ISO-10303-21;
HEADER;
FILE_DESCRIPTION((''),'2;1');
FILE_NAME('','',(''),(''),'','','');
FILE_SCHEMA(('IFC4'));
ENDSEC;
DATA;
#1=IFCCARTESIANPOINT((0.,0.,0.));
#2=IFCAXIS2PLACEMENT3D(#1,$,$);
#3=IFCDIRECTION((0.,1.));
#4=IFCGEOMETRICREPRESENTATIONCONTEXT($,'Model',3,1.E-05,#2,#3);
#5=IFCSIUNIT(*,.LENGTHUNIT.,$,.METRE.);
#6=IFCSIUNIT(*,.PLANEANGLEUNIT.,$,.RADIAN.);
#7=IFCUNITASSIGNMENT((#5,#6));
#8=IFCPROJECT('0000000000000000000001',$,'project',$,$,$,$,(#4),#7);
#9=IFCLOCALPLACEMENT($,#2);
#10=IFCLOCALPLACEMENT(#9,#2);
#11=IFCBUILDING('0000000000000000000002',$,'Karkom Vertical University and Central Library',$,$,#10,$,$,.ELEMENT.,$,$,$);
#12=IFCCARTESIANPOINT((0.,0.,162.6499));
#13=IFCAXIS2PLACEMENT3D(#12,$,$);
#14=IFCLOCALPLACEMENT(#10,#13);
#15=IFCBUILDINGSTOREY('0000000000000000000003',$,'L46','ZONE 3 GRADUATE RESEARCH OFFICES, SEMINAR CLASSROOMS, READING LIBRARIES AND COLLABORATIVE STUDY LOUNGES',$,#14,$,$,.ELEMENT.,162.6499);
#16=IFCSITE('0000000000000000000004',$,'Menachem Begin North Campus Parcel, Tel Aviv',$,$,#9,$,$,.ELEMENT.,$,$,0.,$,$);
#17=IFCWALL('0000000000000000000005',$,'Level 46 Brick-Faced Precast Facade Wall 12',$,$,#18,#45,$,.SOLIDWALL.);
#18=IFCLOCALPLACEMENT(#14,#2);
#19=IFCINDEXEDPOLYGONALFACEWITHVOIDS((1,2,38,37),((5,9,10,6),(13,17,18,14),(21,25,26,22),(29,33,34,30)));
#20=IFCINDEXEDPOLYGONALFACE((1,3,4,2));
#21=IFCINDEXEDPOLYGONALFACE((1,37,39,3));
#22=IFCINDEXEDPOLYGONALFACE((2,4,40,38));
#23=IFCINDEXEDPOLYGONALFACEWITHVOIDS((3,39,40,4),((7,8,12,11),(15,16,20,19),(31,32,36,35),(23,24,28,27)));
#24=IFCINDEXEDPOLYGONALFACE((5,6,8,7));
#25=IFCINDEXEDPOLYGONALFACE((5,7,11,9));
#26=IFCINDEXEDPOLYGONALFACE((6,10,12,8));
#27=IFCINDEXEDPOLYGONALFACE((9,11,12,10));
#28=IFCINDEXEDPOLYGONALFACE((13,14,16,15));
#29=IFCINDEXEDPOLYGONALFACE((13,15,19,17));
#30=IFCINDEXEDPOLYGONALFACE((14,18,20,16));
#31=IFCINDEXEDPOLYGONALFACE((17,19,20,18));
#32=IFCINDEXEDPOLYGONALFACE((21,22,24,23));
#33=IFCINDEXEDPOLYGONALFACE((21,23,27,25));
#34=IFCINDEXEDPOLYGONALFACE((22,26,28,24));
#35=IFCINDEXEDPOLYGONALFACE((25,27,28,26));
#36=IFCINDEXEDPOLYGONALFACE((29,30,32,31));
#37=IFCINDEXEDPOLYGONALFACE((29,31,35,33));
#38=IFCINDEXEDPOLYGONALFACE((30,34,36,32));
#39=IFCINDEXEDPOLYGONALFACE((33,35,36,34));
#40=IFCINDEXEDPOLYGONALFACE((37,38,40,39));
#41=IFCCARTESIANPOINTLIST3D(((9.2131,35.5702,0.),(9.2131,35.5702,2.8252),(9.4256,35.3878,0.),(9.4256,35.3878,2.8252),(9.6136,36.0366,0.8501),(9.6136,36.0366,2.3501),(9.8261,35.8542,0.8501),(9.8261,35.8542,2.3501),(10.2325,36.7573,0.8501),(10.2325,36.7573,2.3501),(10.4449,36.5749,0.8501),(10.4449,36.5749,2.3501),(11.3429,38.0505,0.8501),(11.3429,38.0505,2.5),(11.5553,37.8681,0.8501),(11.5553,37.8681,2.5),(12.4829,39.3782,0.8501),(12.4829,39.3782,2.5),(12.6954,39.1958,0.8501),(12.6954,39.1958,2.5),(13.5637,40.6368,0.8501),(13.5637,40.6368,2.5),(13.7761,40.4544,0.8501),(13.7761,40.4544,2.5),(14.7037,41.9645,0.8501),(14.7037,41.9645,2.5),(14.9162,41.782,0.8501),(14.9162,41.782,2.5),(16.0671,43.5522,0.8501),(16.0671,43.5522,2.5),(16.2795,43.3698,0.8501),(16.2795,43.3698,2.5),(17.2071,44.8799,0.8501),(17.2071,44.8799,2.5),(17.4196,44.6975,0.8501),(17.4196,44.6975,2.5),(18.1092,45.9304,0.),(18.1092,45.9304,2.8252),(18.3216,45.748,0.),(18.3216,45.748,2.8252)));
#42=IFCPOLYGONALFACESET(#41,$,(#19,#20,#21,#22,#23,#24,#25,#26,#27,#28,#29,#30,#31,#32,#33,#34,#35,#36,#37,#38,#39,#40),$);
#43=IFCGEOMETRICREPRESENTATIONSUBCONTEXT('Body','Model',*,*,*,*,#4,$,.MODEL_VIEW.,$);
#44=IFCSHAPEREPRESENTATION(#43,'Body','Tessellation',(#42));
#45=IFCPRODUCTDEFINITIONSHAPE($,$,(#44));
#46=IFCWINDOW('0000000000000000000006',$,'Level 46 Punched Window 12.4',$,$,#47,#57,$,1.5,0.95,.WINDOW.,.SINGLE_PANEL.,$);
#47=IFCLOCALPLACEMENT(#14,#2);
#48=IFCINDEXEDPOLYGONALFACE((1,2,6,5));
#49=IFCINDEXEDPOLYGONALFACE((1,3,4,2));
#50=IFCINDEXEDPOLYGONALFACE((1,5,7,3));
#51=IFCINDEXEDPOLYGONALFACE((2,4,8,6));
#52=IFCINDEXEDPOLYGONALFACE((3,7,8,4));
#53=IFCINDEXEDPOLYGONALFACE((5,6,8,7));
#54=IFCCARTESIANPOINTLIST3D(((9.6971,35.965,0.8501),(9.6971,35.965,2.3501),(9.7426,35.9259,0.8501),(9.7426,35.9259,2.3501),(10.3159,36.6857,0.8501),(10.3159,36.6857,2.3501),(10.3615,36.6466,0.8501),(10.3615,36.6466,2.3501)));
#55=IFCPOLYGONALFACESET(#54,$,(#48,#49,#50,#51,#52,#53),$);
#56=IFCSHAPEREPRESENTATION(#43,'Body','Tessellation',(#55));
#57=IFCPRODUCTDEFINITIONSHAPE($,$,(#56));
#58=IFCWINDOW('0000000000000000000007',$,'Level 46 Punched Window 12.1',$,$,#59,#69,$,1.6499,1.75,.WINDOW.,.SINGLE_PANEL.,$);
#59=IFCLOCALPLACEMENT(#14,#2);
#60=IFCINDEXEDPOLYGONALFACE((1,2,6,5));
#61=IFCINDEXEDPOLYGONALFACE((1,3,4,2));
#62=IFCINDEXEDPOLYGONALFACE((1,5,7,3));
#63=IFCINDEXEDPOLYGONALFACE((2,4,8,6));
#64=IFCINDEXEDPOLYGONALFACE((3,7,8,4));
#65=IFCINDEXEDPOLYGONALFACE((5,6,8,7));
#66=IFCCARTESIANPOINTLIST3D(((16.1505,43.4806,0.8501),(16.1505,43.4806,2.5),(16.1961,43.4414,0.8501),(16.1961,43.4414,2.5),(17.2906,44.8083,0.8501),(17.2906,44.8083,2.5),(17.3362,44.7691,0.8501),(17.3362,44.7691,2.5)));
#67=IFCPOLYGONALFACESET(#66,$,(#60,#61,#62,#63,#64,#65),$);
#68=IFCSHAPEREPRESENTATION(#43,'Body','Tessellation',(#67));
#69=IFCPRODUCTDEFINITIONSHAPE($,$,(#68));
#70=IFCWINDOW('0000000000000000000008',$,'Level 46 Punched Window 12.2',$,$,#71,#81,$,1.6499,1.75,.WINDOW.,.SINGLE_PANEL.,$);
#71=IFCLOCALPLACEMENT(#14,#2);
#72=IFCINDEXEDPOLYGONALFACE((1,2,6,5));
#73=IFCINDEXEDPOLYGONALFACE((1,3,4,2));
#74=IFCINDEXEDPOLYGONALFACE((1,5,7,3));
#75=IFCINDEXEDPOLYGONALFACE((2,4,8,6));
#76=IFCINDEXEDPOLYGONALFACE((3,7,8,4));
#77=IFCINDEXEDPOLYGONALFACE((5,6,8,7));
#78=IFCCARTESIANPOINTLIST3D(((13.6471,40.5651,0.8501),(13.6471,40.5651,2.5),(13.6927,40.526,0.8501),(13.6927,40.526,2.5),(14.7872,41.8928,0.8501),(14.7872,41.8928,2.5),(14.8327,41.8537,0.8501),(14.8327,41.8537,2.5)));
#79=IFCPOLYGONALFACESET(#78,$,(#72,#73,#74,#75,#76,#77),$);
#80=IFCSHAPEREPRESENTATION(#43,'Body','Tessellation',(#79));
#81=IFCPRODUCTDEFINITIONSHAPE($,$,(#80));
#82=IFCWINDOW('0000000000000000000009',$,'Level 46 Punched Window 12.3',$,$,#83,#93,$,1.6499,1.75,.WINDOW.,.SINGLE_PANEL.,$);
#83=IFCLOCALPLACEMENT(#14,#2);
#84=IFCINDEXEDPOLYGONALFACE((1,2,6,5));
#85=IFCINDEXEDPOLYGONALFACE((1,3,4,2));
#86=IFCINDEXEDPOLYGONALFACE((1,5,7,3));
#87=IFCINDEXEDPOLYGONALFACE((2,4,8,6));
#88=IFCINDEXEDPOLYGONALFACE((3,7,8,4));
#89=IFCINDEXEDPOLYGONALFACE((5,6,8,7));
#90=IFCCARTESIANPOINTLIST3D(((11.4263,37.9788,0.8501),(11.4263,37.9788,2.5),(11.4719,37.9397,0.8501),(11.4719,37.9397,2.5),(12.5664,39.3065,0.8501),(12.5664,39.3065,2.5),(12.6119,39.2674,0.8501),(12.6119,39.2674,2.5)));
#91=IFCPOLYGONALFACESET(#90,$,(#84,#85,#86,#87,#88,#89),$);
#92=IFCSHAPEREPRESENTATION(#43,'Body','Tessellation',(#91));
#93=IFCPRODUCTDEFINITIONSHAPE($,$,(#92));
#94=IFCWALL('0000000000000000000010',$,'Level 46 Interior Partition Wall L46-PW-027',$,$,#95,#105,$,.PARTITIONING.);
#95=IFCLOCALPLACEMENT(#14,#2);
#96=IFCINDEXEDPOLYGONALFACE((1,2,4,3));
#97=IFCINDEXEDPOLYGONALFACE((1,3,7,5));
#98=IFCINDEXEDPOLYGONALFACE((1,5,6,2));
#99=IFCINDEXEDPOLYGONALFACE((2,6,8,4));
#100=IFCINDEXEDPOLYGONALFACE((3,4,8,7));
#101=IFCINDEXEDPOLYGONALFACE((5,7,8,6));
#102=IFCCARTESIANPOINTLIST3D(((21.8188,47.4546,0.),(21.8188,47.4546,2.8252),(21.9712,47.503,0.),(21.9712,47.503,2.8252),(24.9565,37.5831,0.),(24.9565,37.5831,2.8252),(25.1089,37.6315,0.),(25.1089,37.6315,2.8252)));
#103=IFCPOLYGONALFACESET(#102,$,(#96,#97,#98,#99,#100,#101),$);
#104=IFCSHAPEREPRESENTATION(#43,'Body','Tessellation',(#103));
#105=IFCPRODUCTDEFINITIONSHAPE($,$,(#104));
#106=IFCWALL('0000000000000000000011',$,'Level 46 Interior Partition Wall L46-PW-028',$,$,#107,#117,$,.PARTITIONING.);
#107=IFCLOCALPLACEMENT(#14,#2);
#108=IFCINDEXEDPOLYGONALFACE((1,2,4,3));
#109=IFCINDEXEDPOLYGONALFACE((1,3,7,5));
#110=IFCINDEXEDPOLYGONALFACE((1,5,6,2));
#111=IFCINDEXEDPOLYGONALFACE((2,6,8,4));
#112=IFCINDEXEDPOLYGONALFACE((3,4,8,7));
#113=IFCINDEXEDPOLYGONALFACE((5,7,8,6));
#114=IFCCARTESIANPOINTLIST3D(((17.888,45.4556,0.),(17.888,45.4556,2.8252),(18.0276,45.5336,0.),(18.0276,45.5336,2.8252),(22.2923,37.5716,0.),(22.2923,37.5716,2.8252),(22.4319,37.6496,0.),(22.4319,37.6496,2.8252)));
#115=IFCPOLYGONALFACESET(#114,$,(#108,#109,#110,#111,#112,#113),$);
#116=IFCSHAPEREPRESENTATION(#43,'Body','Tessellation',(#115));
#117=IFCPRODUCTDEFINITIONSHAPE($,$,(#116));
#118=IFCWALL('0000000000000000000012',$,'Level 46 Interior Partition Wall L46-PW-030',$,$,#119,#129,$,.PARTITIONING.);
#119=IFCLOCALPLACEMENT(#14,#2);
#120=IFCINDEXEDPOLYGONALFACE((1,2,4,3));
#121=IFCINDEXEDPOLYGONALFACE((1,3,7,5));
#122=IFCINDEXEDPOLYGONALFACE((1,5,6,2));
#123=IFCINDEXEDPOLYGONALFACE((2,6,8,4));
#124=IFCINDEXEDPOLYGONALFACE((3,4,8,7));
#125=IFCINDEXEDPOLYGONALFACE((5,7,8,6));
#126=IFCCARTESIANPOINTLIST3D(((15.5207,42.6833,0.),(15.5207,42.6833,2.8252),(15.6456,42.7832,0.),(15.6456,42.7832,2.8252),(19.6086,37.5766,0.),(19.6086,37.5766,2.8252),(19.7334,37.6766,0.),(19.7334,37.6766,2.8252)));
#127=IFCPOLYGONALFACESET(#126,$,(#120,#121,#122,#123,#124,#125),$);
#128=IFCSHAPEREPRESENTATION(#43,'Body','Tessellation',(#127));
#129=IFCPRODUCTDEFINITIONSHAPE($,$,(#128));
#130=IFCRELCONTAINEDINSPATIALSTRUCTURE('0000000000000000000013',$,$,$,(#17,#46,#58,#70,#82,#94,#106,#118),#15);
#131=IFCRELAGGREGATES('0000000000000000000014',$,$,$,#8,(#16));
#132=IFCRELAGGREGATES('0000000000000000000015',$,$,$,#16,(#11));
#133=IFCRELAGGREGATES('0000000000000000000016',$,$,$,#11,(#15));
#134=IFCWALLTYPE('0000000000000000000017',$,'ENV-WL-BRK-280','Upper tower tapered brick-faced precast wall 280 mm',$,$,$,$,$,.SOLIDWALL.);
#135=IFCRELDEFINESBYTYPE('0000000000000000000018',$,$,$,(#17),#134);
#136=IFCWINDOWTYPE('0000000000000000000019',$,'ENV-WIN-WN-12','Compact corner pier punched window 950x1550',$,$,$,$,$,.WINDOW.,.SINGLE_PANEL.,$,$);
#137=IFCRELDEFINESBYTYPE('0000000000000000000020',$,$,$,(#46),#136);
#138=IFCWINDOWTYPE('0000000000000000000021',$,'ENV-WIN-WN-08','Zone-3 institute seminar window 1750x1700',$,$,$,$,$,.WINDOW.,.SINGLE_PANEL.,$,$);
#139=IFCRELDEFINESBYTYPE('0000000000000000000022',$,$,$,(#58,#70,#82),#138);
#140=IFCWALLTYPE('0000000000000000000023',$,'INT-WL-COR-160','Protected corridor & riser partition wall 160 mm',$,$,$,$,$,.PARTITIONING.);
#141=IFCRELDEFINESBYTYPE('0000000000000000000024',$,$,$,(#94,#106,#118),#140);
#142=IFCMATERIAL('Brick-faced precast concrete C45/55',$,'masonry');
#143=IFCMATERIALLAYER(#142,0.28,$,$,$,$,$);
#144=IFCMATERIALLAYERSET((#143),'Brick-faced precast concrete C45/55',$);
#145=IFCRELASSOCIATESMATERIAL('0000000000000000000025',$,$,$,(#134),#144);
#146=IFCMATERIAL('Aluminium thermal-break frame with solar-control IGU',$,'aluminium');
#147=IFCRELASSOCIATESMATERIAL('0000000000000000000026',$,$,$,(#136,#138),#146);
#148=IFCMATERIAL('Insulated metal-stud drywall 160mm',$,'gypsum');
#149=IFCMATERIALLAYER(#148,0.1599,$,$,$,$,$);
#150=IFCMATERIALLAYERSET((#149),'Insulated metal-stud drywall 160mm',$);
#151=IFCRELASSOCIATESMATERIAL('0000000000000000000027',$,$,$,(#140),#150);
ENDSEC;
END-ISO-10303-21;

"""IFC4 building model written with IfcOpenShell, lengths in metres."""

from ifc_helpers import new_model, si_unit, direction, frame, frame_2d, origin, origin_with_axes, place, context, subcontext, project, spatial, rectangle, extrude, source, transform, mapped, material, layer, layer_set, type_object, element, fill, save


model = new_model("IFC4")

# Units and contexts
model_context = context("Model", 3, precision=1e-05, world=origin(), true_north=direction((0.0, 1.0)))
body_context = subcontext(model_context, "Body", "Model", "MODEL_VIEW")
ifc_project = project(units=[si_unit("LENGTHUNIT", "METRE"), si_unit("PLANEANGLEUNIT", "RADIAN")], contexts=[model_context])

# Site, building, storey
site_placement = place(None, origin())
site = spatial("IfcSite", under=ifc_project, at=site_placement, Name="Menachem Begin North Campus Parcel, Tel Aviv", CompositionType="ELEMENT", RefElevation=0.0)
building_placement = place(site_placement, origin())
building = spatial("IfcBuilding", under=site, at=building_placement, Name="Karkom Vertical University and Central Library", CompositionType="ELEMENT")
storey_placement = place(building_placement, frame((0.0, 0.0, 162.6499)))
storey = spatial("IfcBuildingStorey", under=building, at=storey_placement, Name="L46", Description="ZONE 3 GRADUATE RESEARCH OFFICES, SEMINAR CLASSROOMS, READING LIBRARIES AND COLLABORATIVE STUDY LOUNGES", CompositionType="ELEMENT", Elevation=162.6499)

# Wall, openings, windows
ifc_material_1 = material(Name="Brick-faced precast concrete C45/55", Category="masonry")
ifc_layer_1 = layer(ifc_material_1, 0.28)
ifc_layer_set_1 = layer_set([ifc_layer_1], Name="Brick-faced precast concrete C45/55")
wall_type_1 = type_object("IfcWallType", Name="ENV-WL-BRK-280", Description="Upper tower tapered brick-faced precast wall 280 mm", PredefinedType="SOLIDWALL", material=ifc_layer_set_1)
wall_1_placement = place(storey_placement, frame((18.2153, 45.8391, 0.0), z_axis=(0.0, 0.0, 1.0), x_axis=(-0.651463, -0.758681, 0.0)))
wall_1 = element("IfcWall", 1, at=wall_1_placement, inside=storey, type_object=wall_type_1, Name="Level 46 Brick-Faced Precast Facade Wall 12", PredefinedType="SOLIDWALL", context=body_context, shape_type="SweptSolid", body=[
    extrude(rectangle(XDim=13.6555, YDim=0.28, at=frame_2d((6.8276, 0.0))), origin(), (0.0, 0.0, 1.0), 2.8252),
])
opening_1_placement = place(wall_1_placement, frame((1.3845, 0.0, 0.8501)))
opening_1 = element("IfcOpeningElement", 2, at=opening_1_placement, cuts=wall_1, PredefinedType="OPENING", context=body_context, shape_type="SweptSolid", body=[
    extrude(rectangle(XDim=1.75, YDim=1.6499, at=frame_2d((0.875, 0.825))), frame((0.0, 0.1499, 0.0), z_axis=(0.0, -1.0, 0.0), x_axis=(1.0, 0.0, 0.0)), (0.0, 0.0, 1.0), 0.3),
])
opening_2_placement = place(wall_1_placement, frame((5.2273, 0.0, 0.8501)))
opening_2 = element("IfcOpeningElement", 3, at=opening_2_placement, cuts=wall_1, PredefinedType="OPENING", context=body_context, shape_type="SweptSolid", body=[
    extrude(rectangle(XDim=1.75, YDim=1.6499, at=frame_2d((0.875, 0.825))), frame((0.0, 0.1499, 0.0), z_axis=(0.0, -1.0, 0.0), x_axis=(1.0, 0.0, 0.0)), (0.0, 0.0, 1.0), 0.3),
])
opening_3_placement = place(wall_1_placement, frame((8.6362, 0.0, 0.8501)))
opening_3 = element("IfcOpeningElement", 4, at=opening_3_placement, cuts=wall_1, PredefinedType="OPENING", context=body_context, shape_type="SweptSolid", body=[
    extrude(rectangle(XDim=1.75, YDim=1.6499, at=frame_2d((0.875, 0.825))), frame((0.0, 0.1499, 0.0), z_axis=(0.0, -1.0, 0.0), x_axis=(1.0, 0.0, 0.0)), (0.0, 0.0, 1.0), 0.3),
])
opening_4_placement = place(wall_1_placement, frame((12.0906, 0.0, 0.8501)))
opening_4 = element("IfcOpeningElement", 5, at=opening_4_placement, cuts=wall_1, PredefinedType="OPENING", context=body_context, shape_type="SweptSolid", body=[
    extrude(rectangle(XDim=0.95, YDim=1.5, at=frame_2d((0.4751, 0.75))), frame((0.0, 0.1499, 0.0), z_axis=(0.0, -1.0, 0.0), x_axis=(1.0, 0.0, 0.0)), (0.0, 0.0, 1.0), 0.3),
])
ifc_material_2 = material(Name="Aluminium thermal-break frame with solar-control IGU", Category="aluminium")
window_type_1 = type_object("IfcWindowType", Name="ENV-WIN-WN-12", Description="Compact corner pier punched window 950x1550", PartitioningType="SINGLE_PANEL", PredefinedType="WINDOW", material=ifc_material_2)
shared_shape_1 = source(origin_with_axes(), body_context, "Body", "SweptSolid", [
    extrude(rectangle(XDim=0.95, YDim=1.5, at=frame_2d((0.4751, 0.75))), frame((0.0, 0.03, 0.0), z_axis=(0.0, -1.0, 0.0), x_axis=(1.0, 0.0, 0.0)), (0.0, 0.0, 1.0), 0.0601),
])
window_1_placement = place(opening_4_placement, origin())
window_1 = element("IfcWindow", 6, at=window_1_placement, inside=storey, type_object=window_type_1, Name="Level 46 Punched Window 12.4", OverallHeight=1.5, OverallWidth=0.95, PartitioningType="SINGLE_PANEL", PredefinedType="WINDOW", context=body_context, shape_type="MappedRepresentation", body=[
    mapped(shared_shape_1, transform((0.0, 0.0, 0.0), scale=1.0)),
])
fill(opening_4, window_1)
window_type_2 = type_object("IfcWindowType", Name="ENV-WIN-WN-08", Description="Zone-3 institute seminar window 1750x1700", PartitioningType="SINGLE_PANEL", PredefinedType="WINDOW", material=ifc_material_2)
shared_shape_2 = source(origin_with_axes(), body_context, "Body", "SweptSolid", [
    extrude(rectangle(XDim=1.75, YDim=1.6499, at=frame_2d((0.875, 0.825))), frame((0.0, 0.03, 0.0), z_axis=(0.0, -1.0, 0.0), x_axis=(1.0, 0.0, 0.0)), (0.0, 0.0, 1.0), 0.0601),
])
window_2_placement = place(opening_1_placement, origin())
window_2 = element("IfcWindow", 7, at=window_2_placement, inside=storey, type_object=window_type_2, Name="Level 46 Punched Window 12.1", OverallHeight=1.6499, OverallWidth=1.75, PartitioningType="SINGLE_PANEL", PredefinedType="WINDOW", context=body_context, shape_type="MappedRepresentation", body=[
    mapped(shared_shape_2, transform((0.0, 0.0, 0.0), scale=1.0)),
])
fill(opening_1, window_2)
window_3_placement = place(opening_2_placement, origin())
window_3 = element("IfcWindow", 8, at=window_3_placement, inside=storey, type_object=window_type_2, Name="Level 46 Punched Window 12.2", OverallHeight=1.6499, OverallWidth=1.75, PartitioningType="SINGLE_PANEL", PredefinedType="WINDOW", context=body_context, shape_type="MappedRepresentation", body=[
    mapped(shared_shape_2, transform((0.0, 0.0, 0.0), scale=1.0)),
])
fill(opening_2, window_3)
window_4_placement = place(opening_3_placement, origin())
window_4 = element("IfcWindow", 9, at=window_4_placement, inside=storey, type_object=window_type_2, Name="Level 46 Punched Window 12.3", OverallHeight=1.6499, OverallWidth=1.75, PartitioningType="SINGLE_PANEL", PredefinedType="WINDOW", context=body_context, shape_type="MappedRepresentation", body=[
    mapped(shared_shape_2, transform((0.0, 0.0, 0.0), scale=1.0)),
])
fill(opening_3, window_4)

# Walls
ifc_material_3 = material(Name="Insulated metal-stud drywall 160mm", Category="gypsum")
ifc_layer_2 = layer(ifc_material_3, 0.1599)
ifc_layer_set_2 = layer_set([ifc_layer_2], Name="Insulated metal-stud drywall 160mm")
wall_type_2 = type_object("IfcWallType", Name="INT-WL-COR-160", Description="Protected corridor & riser partition wall 160 mm", PredefinedType="PARTITIONING", material=ifc_layer_set_2)
wall_2_placement = place(storey_placement, frame((25.0327, 37.6072, 0.0), z_axis=(0.0, 0.0, 1.0), x_axis=(-0.302918, 0.953017, 0.0)))
element("IfcWall", 10, at=wall_2_placement, inside=storey, type_object=wall_type_2, Name="Level 46 Interior Partition Wall L46-PW-027", PredefinedType="PARTITIONING", context=body_context, shape_type="SweptSolid", body=[
    extrude(rectangle(XDim=10.3582, YDim=0.1599, at=frame_2d((5.1792, 0.0))), origin(), (0.0, 0.0, 1.0), 2.8252),
])
wall_3_placement = place(storey_placement, frame((22.3621, 37.6106, 0.0), z_axis=(0.0, 0.0, 1.0), x_axis=(-0.487696, 0.873014, 0.0)))
element("IfcWall", 11, at=wall_3_placement, inside=storey, type_object=wall_type_2, Name="Level 46 Interior Partition Wall L46-PW-028", PredefinedType="PARTITIONING", context=body_context, shape_type="SweptSolid", body=[
    extrude(rectangle(XDim=9.0308, YDim=0.1599, at=frame_2d((4.5154, 0.0))), origin(), (0.0, 0.0, 1.0), 2.8252),
])
wall_4_placement = place(storey_placement, frame((19.6709, 37.6267, 0.0), z_axis=(0.0, 0.0, 1.0), x_axis=(-0.624932, 0.780679, 0.0)))
element("IfcWall", 12, at=wall_4_placement, inside=storey, type_object=wall_type_2, Name="Level 46 Interior Partition Wall L46-PW-030", PredefinedType="PARTITIONING", context=body_context, shape_type="SweptSolid", body=[
    extrude(rectangle(XDim=6.5413, YDim=0.1599, at=frame_2d((3.2705, 0.0))), origin(), (0.0, 0.0, 1.0), 2.8252),
])

save(model, "model.ifc")
